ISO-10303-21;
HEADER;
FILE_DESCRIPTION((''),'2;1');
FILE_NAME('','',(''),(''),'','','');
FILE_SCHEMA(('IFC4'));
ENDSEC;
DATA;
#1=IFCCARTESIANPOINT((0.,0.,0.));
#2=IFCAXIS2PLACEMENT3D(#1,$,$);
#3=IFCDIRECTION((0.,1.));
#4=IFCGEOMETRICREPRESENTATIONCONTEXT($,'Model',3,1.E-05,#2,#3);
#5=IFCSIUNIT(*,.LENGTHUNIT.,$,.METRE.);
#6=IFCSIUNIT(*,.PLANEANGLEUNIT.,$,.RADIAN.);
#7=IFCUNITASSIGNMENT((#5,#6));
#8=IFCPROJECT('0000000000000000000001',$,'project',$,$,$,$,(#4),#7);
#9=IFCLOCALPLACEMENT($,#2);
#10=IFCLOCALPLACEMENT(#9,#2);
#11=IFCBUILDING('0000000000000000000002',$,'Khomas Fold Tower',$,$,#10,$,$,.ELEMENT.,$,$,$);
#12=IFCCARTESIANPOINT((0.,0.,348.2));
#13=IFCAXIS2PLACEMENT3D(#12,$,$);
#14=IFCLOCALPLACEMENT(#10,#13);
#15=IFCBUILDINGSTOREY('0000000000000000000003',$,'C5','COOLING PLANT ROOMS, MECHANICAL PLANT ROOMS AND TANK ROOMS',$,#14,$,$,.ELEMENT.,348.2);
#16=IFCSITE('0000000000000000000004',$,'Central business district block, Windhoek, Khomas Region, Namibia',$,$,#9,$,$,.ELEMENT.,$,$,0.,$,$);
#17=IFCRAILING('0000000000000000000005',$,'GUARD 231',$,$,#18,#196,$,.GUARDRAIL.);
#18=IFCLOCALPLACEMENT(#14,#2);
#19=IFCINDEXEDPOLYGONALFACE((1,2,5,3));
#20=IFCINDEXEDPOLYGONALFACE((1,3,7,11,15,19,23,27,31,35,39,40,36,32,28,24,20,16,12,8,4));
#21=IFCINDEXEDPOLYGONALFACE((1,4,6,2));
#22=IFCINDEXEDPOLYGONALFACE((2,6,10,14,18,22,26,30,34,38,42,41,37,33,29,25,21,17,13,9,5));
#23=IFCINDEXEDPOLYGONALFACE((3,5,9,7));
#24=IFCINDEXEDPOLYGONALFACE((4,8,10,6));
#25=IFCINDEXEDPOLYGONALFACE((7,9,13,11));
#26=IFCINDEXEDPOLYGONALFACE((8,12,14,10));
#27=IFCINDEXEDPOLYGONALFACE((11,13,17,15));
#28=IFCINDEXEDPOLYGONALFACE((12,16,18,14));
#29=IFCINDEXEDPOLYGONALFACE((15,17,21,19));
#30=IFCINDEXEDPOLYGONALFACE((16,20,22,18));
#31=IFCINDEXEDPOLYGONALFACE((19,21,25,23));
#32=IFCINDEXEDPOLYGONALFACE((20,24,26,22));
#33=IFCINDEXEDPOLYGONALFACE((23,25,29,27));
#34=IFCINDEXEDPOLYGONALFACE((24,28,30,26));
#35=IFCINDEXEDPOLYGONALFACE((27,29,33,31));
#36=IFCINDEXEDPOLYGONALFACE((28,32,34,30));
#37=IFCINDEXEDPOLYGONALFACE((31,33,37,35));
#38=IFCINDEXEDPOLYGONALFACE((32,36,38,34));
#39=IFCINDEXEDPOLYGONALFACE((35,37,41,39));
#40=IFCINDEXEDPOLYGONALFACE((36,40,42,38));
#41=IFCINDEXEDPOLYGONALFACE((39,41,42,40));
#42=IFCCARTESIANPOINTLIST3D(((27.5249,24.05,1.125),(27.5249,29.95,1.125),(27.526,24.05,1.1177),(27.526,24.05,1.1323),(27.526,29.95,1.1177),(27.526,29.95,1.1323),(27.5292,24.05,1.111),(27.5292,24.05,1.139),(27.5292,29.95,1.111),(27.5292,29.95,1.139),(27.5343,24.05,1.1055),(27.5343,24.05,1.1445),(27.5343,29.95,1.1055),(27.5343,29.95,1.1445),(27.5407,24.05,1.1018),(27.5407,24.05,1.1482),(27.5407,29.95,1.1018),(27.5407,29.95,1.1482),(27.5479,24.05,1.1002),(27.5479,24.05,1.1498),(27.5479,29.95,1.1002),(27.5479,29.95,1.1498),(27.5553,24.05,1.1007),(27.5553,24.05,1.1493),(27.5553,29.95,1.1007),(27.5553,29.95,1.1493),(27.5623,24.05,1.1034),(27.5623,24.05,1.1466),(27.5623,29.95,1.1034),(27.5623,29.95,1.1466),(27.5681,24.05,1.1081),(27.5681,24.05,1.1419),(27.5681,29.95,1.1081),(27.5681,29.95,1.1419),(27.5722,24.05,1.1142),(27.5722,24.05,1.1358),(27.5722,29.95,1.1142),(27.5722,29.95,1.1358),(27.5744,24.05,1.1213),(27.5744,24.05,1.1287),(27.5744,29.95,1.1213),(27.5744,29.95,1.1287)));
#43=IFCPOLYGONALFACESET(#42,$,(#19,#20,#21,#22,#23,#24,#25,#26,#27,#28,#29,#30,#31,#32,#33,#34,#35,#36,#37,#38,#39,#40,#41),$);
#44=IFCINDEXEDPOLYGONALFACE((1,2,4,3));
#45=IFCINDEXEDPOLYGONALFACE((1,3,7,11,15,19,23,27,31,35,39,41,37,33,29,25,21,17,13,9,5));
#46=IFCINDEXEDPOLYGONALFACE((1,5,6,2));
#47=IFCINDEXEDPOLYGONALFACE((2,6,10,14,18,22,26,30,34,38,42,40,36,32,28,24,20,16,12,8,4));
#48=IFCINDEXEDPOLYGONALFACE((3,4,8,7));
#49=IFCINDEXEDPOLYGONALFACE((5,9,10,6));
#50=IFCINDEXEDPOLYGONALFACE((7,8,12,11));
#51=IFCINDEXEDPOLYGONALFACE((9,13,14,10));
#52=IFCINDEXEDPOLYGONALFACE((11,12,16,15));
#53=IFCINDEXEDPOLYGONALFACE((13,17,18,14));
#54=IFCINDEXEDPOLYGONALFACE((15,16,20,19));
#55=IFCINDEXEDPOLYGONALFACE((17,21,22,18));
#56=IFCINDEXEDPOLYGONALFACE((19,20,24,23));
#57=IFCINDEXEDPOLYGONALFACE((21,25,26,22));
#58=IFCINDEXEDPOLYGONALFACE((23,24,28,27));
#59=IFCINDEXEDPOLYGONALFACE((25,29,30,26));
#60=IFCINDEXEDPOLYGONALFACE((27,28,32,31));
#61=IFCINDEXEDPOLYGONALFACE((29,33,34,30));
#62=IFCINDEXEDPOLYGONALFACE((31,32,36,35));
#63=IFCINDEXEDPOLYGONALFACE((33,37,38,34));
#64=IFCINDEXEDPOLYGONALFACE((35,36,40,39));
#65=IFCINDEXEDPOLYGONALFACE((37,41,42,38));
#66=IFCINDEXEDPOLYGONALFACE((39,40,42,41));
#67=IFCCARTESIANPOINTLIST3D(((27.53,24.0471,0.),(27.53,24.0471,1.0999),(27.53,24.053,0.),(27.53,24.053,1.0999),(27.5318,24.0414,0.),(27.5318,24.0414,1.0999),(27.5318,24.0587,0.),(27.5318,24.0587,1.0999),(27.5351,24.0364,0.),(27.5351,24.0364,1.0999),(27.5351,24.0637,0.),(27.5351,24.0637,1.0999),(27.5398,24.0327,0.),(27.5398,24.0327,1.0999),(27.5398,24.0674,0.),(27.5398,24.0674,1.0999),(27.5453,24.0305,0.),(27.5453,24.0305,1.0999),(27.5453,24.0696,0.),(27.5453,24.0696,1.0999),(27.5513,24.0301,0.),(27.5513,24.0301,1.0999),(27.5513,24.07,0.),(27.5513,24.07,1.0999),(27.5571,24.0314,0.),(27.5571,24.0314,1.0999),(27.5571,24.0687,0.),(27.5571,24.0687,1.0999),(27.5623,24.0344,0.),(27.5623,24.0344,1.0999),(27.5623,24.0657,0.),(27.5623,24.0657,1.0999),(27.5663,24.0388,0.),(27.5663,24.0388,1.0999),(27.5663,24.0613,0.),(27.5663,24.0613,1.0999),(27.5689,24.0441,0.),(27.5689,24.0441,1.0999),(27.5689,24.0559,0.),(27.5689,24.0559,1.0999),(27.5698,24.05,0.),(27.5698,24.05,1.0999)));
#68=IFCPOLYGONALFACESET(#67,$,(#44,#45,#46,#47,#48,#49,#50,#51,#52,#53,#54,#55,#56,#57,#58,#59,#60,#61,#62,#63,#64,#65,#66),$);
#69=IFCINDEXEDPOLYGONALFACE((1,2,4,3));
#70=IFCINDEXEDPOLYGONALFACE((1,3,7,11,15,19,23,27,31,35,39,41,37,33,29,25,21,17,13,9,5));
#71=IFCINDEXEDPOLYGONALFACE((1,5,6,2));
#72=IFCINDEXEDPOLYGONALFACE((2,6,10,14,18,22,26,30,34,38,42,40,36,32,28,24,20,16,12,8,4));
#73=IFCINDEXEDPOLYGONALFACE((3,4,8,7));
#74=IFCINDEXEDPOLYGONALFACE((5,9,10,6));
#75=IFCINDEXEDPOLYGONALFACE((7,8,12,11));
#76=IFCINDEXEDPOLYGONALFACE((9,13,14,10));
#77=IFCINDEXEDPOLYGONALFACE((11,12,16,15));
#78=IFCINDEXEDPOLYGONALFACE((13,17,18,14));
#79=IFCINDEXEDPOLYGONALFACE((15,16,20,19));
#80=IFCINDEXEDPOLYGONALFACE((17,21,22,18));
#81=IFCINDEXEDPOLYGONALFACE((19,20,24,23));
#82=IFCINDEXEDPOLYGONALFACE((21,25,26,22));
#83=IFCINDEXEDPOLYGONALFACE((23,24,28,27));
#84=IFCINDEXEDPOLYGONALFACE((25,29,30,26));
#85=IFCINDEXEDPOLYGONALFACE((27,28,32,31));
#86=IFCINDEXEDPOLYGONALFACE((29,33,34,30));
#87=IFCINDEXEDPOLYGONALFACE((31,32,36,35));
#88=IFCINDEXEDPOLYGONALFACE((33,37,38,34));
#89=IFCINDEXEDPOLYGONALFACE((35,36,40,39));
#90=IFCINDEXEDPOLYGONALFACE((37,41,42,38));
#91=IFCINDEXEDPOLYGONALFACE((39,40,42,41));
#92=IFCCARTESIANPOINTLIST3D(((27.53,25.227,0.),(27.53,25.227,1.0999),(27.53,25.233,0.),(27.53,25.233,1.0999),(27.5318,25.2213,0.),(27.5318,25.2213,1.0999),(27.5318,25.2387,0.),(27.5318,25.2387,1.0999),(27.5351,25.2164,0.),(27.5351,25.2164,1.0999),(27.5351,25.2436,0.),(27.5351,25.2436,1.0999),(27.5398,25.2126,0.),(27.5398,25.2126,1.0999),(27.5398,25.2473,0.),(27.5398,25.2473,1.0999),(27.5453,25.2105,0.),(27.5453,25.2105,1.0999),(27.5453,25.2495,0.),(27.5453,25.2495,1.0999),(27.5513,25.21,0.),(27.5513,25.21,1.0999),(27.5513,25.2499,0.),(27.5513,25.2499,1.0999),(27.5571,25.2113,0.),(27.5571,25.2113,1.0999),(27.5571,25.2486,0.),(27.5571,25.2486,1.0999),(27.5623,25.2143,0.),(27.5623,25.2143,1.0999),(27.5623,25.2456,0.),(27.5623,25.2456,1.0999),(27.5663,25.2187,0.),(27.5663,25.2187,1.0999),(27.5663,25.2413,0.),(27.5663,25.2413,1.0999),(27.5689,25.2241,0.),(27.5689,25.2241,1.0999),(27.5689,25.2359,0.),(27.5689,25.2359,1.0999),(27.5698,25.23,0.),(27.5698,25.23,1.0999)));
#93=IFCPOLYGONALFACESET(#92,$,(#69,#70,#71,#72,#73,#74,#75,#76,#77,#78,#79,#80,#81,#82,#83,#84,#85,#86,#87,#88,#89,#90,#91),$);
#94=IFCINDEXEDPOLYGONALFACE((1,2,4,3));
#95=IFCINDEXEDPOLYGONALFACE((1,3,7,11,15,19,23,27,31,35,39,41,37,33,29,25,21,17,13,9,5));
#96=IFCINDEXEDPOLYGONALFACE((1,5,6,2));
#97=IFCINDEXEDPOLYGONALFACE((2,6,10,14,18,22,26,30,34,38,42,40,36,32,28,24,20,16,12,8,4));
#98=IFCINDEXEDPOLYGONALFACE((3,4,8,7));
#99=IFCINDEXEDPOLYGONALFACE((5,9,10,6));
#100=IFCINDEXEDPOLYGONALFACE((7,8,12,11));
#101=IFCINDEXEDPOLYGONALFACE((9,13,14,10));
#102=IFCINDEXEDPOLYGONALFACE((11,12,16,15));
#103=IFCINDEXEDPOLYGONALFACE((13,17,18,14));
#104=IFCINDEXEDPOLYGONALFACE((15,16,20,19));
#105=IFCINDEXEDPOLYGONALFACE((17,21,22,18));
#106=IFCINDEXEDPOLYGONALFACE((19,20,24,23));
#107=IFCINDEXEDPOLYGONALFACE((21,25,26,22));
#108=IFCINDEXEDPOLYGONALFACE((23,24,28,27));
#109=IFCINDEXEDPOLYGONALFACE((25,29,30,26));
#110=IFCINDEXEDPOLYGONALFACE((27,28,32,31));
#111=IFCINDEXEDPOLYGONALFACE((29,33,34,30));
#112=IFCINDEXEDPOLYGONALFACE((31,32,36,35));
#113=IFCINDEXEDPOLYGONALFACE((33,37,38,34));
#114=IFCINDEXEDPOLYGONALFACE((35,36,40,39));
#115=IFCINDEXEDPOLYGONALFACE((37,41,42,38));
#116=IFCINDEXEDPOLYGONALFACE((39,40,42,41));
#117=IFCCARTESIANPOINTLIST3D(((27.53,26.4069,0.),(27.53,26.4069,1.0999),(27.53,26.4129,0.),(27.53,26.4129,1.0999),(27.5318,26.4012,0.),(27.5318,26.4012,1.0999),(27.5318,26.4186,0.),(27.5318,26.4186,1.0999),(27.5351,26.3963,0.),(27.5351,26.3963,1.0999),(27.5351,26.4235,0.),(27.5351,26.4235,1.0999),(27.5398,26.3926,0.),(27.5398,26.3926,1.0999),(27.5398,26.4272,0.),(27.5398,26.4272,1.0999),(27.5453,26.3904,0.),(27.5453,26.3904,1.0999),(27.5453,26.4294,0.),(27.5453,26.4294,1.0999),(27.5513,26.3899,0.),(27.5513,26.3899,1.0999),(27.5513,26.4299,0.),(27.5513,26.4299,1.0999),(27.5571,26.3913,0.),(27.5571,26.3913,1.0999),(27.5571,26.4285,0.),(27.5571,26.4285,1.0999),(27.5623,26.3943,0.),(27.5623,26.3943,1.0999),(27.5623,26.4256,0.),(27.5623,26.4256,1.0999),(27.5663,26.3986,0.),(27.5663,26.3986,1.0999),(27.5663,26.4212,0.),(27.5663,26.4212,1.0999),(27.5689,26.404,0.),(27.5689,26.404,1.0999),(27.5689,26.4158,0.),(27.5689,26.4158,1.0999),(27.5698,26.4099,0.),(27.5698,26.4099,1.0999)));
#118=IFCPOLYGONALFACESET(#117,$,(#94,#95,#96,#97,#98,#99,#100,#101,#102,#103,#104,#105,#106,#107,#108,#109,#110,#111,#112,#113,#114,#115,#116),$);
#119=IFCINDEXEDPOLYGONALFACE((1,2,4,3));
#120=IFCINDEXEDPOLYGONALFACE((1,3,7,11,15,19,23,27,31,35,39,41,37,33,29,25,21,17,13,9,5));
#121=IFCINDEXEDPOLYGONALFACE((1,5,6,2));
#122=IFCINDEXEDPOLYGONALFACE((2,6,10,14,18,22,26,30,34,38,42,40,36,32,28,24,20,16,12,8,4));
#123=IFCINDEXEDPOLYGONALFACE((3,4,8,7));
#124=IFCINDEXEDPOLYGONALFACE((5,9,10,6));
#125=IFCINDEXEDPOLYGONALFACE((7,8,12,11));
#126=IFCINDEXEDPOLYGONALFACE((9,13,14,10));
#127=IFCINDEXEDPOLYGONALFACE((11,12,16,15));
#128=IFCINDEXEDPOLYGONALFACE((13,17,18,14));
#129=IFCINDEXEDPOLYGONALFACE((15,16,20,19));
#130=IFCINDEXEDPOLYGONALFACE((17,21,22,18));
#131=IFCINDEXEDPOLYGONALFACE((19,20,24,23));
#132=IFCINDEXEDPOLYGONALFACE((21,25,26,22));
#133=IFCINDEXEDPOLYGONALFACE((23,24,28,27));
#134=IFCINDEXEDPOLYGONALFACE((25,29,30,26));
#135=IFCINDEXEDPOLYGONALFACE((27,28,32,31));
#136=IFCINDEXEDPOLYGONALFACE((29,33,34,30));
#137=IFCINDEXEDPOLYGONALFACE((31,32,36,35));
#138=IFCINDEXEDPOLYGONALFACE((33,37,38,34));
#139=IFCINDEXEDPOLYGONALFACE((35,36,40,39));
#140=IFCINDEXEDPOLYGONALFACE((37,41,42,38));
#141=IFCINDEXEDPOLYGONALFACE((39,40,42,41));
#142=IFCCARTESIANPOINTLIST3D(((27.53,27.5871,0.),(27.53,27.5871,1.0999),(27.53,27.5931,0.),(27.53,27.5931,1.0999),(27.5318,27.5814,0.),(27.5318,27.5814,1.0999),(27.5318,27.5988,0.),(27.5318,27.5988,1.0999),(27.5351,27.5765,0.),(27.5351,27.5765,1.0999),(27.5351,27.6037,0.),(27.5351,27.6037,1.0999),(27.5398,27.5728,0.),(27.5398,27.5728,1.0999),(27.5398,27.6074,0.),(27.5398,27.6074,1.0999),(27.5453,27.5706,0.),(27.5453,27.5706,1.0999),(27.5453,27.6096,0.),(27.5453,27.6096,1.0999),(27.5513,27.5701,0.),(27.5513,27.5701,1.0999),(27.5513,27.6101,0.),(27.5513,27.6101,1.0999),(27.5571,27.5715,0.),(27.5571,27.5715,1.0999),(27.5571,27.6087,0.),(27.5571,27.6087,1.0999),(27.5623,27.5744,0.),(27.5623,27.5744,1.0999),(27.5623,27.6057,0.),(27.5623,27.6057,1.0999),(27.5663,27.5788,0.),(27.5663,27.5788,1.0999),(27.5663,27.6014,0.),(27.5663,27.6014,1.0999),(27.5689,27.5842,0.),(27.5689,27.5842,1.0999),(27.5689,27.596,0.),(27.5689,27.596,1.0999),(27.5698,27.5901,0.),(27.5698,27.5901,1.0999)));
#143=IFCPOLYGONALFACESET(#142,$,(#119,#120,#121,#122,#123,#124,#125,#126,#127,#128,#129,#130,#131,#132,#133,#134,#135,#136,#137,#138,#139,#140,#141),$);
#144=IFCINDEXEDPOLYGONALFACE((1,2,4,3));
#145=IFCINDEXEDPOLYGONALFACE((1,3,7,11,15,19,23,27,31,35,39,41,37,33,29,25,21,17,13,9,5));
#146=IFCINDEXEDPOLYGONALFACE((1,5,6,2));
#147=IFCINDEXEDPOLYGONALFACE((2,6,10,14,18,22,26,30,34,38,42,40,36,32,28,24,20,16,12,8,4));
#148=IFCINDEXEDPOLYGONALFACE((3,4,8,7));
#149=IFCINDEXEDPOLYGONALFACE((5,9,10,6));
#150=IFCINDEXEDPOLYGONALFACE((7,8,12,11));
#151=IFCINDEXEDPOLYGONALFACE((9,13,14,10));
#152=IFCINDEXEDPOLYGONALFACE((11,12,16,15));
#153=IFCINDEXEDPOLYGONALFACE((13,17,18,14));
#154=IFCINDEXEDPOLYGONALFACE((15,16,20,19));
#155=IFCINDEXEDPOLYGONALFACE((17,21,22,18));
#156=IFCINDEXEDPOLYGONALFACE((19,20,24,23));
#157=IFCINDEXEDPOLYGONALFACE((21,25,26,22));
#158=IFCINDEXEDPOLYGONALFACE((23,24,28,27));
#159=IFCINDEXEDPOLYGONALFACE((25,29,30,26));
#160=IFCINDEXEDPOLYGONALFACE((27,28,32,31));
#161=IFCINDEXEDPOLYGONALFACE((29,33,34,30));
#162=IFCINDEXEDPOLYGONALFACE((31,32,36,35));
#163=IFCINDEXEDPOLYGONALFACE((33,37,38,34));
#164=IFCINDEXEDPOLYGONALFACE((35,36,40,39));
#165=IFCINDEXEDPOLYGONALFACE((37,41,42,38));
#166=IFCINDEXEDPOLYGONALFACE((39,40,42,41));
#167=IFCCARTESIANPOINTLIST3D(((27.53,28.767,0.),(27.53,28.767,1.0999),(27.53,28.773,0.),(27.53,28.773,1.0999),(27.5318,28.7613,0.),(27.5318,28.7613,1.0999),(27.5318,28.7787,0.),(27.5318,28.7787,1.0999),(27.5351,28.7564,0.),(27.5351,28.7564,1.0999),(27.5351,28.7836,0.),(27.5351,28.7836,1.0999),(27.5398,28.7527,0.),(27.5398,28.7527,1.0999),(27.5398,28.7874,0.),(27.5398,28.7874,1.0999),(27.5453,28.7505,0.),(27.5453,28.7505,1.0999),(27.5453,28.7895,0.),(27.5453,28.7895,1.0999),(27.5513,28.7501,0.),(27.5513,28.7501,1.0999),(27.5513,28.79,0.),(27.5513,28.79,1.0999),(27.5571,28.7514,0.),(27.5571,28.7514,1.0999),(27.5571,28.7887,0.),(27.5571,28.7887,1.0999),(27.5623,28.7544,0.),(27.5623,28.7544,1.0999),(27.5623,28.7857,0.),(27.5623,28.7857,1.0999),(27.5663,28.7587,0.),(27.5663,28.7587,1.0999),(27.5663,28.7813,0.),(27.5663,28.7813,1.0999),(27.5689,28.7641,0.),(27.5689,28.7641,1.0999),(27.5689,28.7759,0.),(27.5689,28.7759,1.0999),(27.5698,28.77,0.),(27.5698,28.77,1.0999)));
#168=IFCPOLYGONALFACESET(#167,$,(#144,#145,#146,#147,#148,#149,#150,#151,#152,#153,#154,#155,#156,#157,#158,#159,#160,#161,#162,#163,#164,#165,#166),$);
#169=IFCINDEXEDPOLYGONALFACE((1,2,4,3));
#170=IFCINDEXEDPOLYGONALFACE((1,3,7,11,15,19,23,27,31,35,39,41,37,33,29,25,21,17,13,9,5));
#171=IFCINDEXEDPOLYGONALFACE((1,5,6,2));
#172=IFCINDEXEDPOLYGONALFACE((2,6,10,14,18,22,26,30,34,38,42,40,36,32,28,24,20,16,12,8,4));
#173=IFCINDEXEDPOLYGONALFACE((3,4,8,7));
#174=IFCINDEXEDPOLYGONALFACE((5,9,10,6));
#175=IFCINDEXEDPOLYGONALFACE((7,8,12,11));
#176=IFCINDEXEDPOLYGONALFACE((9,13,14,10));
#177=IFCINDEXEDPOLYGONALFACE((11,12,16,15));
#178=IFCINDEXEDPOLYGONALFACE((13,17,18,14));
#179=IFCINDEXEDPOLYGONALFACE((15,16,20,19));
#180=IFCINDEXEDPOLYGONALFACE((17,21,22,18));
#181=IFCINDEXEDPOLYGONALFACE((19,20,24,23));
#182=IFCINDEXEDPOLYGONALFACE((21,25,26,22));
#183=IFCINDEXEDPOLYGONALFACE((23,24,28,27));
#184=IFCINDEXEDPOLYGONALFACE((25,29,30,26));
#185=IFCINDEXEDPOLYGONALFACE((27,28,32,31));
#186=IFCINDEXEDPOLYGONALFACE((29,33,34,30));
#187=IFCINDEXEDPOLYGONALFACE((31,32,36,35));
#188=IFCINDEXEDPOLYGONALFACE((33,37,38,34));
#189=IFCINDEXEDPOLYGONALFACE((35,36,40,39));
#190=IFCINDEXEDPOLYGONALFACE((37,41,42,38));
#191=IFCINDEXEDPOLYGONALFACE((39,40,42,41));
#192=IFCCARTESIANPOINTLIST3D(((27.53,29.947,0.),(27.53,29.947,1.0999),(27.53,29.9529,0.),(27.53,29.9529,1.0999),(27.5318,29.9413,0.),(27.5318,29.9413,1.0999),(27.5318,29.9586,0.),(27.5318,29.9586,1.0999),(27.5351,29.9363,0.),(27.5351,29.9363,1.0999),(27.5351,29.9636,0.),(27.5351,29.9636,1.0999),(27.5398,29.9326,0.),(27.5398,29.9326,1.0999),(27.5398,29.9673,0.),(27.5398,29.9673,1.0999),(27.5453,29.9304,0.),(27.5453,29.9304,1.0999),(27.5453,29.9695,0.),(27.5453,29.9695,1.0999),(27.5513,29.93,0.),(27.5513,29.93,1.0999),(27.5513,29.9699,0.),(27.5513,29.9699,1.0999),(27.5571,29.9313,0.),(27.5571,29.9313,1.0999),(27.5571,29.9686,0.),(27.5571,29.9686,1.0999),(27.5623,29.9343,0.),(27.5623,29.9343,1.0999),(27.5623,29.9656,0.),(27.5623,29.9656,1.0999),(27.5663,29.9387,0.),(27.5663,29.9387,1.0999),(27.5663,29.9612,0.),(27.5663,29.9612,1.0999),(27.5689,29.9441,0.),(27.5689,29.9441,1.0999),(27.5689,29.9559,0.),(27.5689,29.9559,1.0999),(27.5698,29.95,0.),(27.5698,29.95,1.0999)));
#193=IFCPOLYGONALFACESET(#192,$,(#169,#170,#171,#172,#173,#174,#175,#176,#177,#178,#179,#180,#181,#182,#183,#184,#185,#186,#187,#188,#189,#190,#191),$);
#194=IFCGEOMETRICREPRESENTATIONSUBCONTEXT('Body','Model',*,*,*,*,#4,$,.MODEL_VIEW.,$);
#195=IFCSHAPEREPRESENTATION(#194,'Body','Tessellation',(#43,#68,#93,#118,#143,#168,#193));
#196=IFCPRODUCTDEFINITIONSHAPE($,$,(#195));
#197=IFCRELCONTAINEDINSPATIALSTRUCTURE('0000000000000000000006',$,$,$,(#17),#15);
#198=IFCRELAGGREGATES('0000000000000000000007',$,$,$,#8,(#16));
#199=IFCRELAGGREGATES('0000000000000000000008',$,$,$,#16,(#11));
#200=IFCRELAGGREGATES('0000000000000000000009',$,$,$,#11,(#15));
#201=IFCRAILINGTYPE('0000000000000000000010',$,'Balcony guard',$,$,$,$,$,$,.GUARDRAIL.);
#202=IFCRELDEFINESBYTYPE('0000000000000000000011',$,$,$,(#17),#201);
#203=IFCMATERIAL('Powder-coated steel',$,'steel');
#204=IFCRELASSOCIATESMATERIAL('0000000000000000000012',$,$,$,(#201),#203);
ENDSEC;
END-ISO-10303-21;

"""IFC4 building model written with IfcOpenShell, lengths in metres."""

from ifc_helpers import new_model, si_unit, direction, frame, origin, origin_2d, place, context, subcontext, project, spatial, circle, extrude, source, transform, mapped, material, type_object, element, save


model = new_model("IFC4")

# Units and contexts
model_context = context("Model", 3, precision=1e-05, world=origin(), true_north=direction((0.0, 1.0)))
body_context = subcontext(model_context, "Body", "Model", "MODEL_VIEW")
ifc_project = project(units=[si_unit("LENGTHUNIT", "METRE"), si_unit("PLANEANGLEUNIT", "RADIAN")], contexts=[model_context])

# Site, building, storey
site_placement = place(None, origin())
site = spatial("IfcSite", under=ifc_project, at=site_placement, Name="Central business district block, Windhoek, Khomas Region, Namibia", CompositionType="ELEMENT", RefElevation=0.0)
building_placement = place(site_placement, origin())
building = spatial("IfcBuilding", under=site, at=building_placement, Name="Khomas Fold Tower", CompositionType="ELEMENT")
storey_placement = place(building_placement, frame((0.0, 0.0, 348.2)))
storey = spatial("IfcBuildingStorey", under=building, at=storey_placement, Name="C5", Description="COOLING PLANT ROOMS, MECHANICAL PLANT ROOMS AND TANK ROOMS", CompositionType="ELEMENT", Elevation=348.2)

# Railing
ifc_material_1 = material(Name="Powder-coated steel", Category="steel")
railing_type = type_object("IfcRailingType", Name="Balcony guard", PredefinedType="GUARDRAIL", material=ifc_material_1)
shared_shape_1 = source(origin(), body_context, "Body", "SweptSolid", [
    extrude(circle(Radius=0.0249, at=origin_2d()), frame((0.0, 0.0, 1.125), z_axis=(0.0, 1.0, 0.0), x_axis=(-1.0, 0.0, 0.0)), (0.0, 0.0, 1.0), 5.8999),
    extrude(circle(Radius=0.02, at=origin_2d()), origin(), (0.0, 0.0, 1.0), 1.0999),
    extrude(circle(Radius=0.02, at=origin_2d()), frame((0.0, 1.1799, 0.0)), (0.0, 0.0, 1.0), 1.0999),
    extrude(circle(Radius=0.02, at=origin_2d()), frame((0.0, 2.3599, 0.0)), (0.0, 0.0, 1.0), 1.0999),
    extrude(circle(Radius=0.02, at=origin_2d()), frame((0.0, 3.54, 0.0)), (0.0, 0.0, 1.0), 1.0999),
    extrude(circle(Radius=0.02, at=origin_2d()), frame((0.0, 4.72, 0.0)), (0.0, 0.0, 1.0), 1.0999),
    extrude(circle(Radius=0.02, at=origin_2d()), frame((0.0, 5.8999, 0.0)), (0.0, 0.0, 1.0), 1.0999),
])
for number, where, name in (
    (1, (27.5498, 24.05, 0.0), "GUARD 231"),
):
    element("IfcRailing", number, at=place(storey_placement, frame(where)), inside=storey, type_object=railing_type, Name=name, PredefinedType="GUARDRAIL", context=body_context, shape_type="MappedRepresentation", body=[
        mapped(shared_shape_1, transform((0.0, 0.0, 0.0))),
    ])

save(model, "model.ifc")
